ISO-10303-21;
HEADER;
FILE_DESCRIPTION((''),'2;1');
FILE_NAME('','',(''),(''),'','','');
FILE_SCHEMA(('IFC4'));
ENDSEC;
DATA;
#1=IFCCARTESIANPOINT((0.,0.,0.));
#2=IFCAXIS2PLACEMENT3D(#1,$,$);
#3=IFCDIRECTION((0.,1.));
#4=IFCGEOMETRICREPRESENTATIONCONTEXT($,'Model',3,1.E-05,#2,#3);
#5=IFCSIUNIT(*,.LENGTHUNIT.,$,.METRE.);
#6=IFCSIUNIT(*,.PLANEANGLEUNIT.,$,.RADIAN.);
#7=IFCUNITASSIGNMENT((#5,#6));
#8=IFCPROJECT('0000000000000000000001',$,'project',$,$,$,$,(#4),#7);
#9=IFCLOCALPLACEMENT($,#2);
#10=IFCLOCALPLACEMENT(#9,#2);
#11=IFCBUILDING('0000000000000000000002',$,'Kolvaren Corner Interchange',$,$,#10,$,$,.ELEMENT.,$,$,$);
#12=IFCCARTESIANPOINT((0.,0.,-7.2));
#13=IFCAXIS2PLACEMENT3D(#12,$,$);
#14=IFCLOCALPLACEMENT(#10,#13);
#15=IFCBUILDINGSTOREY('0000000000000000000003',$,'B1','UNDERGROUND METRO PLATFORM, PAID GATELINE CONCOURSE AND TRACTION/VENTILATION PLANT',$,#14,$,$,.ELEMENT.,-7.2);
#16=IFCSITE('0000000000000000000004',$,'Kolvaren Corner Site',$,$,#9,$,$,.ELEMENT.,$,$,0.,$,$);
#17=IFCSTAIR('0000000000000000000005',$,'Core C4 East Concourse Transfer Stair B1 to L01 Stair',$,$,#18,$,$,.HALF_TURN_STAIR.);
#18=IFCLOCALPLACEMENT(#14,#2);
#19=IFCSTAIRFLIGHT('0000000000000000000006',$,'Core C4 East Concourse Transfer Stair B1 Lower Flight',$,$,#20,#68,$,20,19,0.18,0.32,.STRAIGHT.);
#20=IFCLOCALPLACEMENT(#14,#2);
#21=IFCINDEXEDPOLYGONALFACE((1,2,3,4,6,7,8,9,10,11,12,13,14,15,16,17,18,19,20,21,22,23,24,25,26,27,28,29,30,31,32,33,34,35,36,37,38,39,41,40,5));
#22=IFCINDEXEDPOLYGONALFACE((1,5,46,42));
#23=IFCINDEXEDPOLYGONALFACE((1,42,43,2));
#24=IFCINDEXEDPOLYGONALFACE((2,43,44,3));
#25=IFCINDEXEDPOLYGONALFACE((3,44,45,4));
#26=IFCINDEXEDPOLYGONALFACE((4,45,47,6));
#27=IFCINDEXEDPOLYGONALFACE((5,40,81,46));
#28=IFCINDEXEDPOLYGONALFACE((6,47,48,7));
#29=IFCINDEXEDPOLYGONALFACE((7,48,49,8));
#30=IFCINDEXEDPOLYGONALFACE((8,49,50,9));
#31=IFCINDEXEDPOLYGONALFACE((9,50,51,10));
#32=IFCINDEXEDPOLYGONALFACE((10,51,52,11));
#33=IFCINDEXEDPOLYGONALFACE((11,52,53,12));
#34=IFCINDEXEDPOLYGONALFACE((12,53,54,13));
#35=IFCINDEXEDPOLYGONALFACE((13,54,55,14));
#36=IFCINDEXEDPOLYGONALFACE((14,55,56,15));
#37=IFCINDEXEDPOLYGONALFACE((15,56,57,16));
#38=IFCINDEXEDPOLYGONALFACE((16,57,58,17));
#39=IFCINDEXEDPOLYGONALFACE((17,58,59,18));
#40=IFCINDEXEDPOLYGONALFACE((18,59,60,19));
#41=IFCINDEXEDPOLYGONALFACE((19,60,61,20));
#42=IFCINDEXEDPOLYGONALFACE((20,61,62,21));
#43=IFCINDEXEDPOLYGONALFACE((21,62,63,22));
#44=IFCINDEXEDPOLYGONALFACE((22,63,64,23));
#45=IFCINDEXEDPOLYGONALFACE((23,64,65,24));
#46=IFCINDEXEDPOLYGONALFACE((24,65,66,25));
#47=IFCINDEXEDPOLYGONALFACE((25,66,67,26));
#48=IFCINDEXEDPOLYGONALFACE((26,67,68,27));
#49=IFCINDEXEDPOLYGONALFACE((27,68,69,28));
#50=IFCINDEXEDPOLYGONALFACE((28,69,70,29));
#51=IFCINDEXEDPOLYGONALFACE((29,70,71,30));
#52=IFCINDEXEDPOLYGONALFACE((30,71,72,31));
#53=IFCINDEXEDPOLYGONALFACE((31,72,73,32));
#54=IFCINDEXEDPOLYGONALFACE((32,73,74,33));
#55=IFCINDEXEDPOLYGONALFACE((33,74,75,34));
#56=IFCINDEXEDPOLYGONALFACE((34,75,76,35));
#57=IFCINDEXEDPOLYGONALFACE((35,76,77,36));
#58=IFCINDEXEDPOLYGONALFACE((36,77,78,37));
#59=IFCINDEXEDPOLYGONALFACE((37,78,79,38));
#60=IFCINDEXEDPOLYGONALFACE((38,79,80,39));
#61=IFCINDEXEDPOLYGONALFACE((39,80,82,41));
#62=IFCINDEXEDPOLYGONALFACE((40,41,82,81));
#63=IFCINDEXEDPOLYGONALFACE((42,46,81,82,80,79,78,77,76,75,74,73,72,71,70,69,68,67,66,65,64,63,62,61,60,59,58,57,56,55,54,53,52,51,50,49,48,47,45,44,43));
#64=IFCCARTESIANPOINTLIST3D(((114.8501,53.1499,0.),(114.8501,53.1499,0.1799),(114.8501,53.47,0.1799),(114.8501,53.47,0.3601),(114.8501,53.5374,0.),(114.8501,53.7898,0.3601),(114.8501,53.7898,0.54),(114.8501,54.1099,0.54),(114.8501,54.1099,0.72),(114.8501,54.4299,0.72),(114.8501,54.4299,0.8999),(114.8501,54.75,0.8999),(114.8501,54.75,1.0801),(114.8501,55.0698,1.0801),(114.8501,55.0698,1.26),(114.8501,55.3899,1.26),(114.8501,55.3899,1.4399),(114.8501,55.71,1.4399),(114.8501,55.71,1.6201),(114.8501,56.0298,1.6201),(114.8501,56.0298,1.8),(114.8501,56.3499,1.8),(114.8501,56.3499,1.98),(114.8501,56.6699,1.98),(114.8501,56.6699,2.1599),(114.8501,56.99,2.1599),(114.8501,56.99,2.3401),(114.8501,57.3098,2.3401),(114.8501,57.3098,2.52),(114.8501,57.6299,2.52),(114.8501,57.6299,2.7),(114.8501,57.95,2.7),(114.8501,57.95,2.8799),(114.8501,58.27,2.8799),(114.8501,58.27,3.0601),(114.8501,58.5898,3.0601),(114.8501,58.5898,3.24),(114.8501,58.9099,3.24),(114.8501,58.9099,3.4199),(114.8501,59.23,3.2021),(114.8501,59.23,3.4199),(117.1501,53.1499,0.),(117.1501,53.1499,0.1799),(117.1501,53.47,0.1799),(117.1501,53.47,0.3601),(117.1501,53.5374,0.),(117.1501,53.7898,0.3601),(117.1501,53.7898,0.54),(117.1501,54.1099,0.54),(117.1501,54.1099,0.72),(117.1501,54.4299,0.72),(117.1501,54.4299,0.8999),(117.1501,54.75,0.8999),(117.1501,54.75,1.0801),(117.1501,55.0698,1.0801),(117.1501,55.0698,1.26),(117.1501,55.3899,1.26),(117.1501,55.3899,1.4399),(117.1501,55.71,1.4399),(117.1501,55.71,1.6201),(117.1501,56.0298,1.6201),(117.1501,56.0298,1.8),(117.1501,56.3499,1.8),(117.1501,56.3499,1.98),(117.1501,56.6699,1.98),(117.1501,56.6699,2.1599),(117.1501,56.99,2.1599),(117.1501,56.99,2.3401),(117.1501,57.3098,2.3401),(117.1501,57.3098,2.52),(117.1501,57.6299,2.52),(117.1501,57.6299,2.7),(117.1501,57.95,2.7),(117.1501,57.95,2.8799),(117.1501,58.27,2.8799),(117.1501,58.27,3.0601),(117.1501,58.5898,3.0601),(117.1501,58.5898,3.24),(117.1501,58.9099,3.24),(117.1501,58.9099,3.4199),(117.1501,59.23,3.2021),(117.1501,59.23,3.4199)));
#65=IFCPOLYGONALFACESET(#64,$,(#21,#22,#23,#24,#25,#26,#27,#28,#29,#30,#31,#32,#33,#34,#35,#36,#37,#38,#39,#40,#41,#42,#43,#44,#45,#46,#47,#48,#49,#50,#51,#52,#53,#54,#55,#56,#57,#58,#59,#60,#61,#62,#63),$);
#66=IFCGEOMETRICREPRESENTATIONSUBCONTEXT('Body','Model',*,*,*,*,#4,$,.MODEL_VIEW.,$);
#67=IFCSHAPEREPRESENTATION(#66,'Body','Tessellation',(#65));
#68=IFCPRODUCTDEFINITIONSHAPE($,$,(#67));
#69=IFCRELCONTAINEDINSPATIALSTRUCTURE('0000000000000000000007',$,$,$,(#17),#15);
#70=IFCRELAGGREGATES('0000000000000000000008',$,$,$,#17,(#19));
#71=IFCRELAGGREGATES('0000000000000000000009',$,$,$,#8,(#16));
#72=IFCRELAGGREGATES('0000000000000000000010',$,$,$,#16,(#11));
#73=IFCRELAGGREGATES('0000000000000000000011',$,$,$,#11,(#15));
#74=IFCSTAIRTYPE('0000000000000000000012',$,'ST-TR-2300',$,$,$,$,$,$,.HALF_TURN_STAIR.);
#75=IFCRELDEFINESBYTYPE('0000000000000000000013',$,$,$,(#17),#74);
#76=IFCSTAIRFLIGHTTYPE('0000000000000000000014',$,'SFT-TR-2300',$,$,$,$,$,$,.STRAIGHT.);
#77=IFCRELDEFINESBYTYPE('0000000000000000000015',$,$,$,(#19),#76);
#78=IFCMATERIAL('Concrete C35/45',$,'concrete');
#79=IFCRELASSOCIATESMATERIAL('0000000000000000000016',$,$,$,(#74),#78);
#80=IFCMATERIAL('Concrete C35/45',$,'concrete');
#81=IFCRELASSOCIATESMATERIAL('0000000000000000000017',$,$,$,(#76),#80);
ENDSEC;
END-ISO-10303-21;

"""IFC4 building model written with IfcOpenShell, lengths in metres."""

from ifc_helpers import new_model, si_unit, direction, frame, origin, place, context, subcontext, project, spatial, polyline, outline, extrude, material, type_object, element, aggregate, save


model = new_model("IFC4")

# Units and contexts
model_context = context("Model", 3, precision=1e-05, world=origin(), true_north=direction((0.0, 1.0)))
body_context = subcontext(model_context, "Body", "Model", "MODEL_VIEW")
ifc_project = project(units=[si_unit("LENGTHUNIT", "METRE"), si_unit("PLANEANGLEUNIT", "RADIAN")], contexts=[model_context])

# Site, building, storey
site_placement = place(None, origin())
site = spatial("IfcSite", under=ifc_project, at=site_placement, Name="Kolvaren Corner Site", CompositionType="ELEMENT", RefElevation=0.0)
building_placement = place(site_placement, origin())
building = spatial("IfcBuilding", under=site, at=building_placement, Name="Kolvaren Corner Interchange", CompositionType="ELEMENT")
storey_placement = place(building_placement, frame((0.0, 0.0, -7.2)))
storey = spatial("IfcBuildingStorey", under=building, at=storey_placement, Name="B1", Description="UNDERGROUND METRO PLATFORM, PAID GATELINE CONCOURSE AND TRACTION/VENTILATION PLANT", CompositionType="ELEMENT", Elevation=-7.2)

# Stair, stair flight
ifc_material_1 = material(Name="Concrete C35/45", Category="concrete")
stair_type = type_object("IfcStairType", Name="ST-TR-2300", PredefinedType="HALF_TURN_STAIR", material=ifc_material_1)
stair_placement = place(storey_placement, origin())
stair = element("IfcStair", 1, at=stair_placement, inside=storey, type_object=stair_type, Name="Core C4 East Concourse Transfer Stair B1 to L01 Stair", PredefinedType="HALF_TURN_STAIR")
ifc_material_2 = material(Name="Concrete C35/45", Category="concrete")
stair_flight_type = type_object("IfcStairFlightType", Name="SFT-TR-2300", PredefinedType="STRAIGHT", material=ifc_material_2)
stair_flight_placement = place(storey_placement, frame((116.0, 53.1499, 0.0), z_axis=(0.0, 0.0, 1.0), x_axis=(0.0, 1.0, 0.0)))
stair_flight = element("IfcStairFlight", 2, at=stair_flight_placement, type_object=stair_flight_type, Name="Core C4 East Concourse Transfer Stair B1 Lower Flight", NumberOfRisers=20, NumberOfTreads=19, PredefinedType="STRAIGHT", RiserHeight=0.18, TreadLength=0.32, context=body_context, shape_type="SweptSolid", body=[
    extrude(outline(polyline([(0.0, 0.0), (0.0, 0.1799), (0.3201, 0.1799), (0.3201, 0.3601), (0.6399, 0.3601), (0.6399, 0.54), (0.96, 0.54), (0.96, 0.72), (1.28, 0.72), (1.28, 0.8999), (1.6001, 0.8999), (1.6001, 1.0801), (1.9199, 1.0801), (1.9199, 1.26), (2.24, 1.26), (2.24, 1.4399), (2.5601, 1.4399), (2.5601, 1.6201), (2.8799, 1.6201), (2.8799, 1.8), (3.2, 1.8), (3.2, 1.98), (3.52, 1.98), (3.52, 2.1599), (3.8401, 2.1599), (3.8401, 2.3401), (4.1599, 2.3401), (4.1599, 2.52), (4.48, 2.52), (4.48, 2.7), (4.8, 2.7), (4.8, 2.8799), (5.1201, 2.8799), (5.1201, 3.0601), (5.4399, 3.0601), (5.4399, 3.24), (5.76, 3.24), (5.76, 3.4199), (6.0801, 3.4199), (6.0801, 3.6001), (6.0801, 3.2021), (0.3875, 0.0), (0.0, 0.0)])), frame((0.0, 1.1499, 0.0), z_axis=(0.0, -1.0, 0.0), x_axis=(1.0, 0.0, 0.0)), (0.0, 0.0, 1.0), 2.3),
])
aggregate(stair, [stair_flight])

save(model, "model.ifc")
